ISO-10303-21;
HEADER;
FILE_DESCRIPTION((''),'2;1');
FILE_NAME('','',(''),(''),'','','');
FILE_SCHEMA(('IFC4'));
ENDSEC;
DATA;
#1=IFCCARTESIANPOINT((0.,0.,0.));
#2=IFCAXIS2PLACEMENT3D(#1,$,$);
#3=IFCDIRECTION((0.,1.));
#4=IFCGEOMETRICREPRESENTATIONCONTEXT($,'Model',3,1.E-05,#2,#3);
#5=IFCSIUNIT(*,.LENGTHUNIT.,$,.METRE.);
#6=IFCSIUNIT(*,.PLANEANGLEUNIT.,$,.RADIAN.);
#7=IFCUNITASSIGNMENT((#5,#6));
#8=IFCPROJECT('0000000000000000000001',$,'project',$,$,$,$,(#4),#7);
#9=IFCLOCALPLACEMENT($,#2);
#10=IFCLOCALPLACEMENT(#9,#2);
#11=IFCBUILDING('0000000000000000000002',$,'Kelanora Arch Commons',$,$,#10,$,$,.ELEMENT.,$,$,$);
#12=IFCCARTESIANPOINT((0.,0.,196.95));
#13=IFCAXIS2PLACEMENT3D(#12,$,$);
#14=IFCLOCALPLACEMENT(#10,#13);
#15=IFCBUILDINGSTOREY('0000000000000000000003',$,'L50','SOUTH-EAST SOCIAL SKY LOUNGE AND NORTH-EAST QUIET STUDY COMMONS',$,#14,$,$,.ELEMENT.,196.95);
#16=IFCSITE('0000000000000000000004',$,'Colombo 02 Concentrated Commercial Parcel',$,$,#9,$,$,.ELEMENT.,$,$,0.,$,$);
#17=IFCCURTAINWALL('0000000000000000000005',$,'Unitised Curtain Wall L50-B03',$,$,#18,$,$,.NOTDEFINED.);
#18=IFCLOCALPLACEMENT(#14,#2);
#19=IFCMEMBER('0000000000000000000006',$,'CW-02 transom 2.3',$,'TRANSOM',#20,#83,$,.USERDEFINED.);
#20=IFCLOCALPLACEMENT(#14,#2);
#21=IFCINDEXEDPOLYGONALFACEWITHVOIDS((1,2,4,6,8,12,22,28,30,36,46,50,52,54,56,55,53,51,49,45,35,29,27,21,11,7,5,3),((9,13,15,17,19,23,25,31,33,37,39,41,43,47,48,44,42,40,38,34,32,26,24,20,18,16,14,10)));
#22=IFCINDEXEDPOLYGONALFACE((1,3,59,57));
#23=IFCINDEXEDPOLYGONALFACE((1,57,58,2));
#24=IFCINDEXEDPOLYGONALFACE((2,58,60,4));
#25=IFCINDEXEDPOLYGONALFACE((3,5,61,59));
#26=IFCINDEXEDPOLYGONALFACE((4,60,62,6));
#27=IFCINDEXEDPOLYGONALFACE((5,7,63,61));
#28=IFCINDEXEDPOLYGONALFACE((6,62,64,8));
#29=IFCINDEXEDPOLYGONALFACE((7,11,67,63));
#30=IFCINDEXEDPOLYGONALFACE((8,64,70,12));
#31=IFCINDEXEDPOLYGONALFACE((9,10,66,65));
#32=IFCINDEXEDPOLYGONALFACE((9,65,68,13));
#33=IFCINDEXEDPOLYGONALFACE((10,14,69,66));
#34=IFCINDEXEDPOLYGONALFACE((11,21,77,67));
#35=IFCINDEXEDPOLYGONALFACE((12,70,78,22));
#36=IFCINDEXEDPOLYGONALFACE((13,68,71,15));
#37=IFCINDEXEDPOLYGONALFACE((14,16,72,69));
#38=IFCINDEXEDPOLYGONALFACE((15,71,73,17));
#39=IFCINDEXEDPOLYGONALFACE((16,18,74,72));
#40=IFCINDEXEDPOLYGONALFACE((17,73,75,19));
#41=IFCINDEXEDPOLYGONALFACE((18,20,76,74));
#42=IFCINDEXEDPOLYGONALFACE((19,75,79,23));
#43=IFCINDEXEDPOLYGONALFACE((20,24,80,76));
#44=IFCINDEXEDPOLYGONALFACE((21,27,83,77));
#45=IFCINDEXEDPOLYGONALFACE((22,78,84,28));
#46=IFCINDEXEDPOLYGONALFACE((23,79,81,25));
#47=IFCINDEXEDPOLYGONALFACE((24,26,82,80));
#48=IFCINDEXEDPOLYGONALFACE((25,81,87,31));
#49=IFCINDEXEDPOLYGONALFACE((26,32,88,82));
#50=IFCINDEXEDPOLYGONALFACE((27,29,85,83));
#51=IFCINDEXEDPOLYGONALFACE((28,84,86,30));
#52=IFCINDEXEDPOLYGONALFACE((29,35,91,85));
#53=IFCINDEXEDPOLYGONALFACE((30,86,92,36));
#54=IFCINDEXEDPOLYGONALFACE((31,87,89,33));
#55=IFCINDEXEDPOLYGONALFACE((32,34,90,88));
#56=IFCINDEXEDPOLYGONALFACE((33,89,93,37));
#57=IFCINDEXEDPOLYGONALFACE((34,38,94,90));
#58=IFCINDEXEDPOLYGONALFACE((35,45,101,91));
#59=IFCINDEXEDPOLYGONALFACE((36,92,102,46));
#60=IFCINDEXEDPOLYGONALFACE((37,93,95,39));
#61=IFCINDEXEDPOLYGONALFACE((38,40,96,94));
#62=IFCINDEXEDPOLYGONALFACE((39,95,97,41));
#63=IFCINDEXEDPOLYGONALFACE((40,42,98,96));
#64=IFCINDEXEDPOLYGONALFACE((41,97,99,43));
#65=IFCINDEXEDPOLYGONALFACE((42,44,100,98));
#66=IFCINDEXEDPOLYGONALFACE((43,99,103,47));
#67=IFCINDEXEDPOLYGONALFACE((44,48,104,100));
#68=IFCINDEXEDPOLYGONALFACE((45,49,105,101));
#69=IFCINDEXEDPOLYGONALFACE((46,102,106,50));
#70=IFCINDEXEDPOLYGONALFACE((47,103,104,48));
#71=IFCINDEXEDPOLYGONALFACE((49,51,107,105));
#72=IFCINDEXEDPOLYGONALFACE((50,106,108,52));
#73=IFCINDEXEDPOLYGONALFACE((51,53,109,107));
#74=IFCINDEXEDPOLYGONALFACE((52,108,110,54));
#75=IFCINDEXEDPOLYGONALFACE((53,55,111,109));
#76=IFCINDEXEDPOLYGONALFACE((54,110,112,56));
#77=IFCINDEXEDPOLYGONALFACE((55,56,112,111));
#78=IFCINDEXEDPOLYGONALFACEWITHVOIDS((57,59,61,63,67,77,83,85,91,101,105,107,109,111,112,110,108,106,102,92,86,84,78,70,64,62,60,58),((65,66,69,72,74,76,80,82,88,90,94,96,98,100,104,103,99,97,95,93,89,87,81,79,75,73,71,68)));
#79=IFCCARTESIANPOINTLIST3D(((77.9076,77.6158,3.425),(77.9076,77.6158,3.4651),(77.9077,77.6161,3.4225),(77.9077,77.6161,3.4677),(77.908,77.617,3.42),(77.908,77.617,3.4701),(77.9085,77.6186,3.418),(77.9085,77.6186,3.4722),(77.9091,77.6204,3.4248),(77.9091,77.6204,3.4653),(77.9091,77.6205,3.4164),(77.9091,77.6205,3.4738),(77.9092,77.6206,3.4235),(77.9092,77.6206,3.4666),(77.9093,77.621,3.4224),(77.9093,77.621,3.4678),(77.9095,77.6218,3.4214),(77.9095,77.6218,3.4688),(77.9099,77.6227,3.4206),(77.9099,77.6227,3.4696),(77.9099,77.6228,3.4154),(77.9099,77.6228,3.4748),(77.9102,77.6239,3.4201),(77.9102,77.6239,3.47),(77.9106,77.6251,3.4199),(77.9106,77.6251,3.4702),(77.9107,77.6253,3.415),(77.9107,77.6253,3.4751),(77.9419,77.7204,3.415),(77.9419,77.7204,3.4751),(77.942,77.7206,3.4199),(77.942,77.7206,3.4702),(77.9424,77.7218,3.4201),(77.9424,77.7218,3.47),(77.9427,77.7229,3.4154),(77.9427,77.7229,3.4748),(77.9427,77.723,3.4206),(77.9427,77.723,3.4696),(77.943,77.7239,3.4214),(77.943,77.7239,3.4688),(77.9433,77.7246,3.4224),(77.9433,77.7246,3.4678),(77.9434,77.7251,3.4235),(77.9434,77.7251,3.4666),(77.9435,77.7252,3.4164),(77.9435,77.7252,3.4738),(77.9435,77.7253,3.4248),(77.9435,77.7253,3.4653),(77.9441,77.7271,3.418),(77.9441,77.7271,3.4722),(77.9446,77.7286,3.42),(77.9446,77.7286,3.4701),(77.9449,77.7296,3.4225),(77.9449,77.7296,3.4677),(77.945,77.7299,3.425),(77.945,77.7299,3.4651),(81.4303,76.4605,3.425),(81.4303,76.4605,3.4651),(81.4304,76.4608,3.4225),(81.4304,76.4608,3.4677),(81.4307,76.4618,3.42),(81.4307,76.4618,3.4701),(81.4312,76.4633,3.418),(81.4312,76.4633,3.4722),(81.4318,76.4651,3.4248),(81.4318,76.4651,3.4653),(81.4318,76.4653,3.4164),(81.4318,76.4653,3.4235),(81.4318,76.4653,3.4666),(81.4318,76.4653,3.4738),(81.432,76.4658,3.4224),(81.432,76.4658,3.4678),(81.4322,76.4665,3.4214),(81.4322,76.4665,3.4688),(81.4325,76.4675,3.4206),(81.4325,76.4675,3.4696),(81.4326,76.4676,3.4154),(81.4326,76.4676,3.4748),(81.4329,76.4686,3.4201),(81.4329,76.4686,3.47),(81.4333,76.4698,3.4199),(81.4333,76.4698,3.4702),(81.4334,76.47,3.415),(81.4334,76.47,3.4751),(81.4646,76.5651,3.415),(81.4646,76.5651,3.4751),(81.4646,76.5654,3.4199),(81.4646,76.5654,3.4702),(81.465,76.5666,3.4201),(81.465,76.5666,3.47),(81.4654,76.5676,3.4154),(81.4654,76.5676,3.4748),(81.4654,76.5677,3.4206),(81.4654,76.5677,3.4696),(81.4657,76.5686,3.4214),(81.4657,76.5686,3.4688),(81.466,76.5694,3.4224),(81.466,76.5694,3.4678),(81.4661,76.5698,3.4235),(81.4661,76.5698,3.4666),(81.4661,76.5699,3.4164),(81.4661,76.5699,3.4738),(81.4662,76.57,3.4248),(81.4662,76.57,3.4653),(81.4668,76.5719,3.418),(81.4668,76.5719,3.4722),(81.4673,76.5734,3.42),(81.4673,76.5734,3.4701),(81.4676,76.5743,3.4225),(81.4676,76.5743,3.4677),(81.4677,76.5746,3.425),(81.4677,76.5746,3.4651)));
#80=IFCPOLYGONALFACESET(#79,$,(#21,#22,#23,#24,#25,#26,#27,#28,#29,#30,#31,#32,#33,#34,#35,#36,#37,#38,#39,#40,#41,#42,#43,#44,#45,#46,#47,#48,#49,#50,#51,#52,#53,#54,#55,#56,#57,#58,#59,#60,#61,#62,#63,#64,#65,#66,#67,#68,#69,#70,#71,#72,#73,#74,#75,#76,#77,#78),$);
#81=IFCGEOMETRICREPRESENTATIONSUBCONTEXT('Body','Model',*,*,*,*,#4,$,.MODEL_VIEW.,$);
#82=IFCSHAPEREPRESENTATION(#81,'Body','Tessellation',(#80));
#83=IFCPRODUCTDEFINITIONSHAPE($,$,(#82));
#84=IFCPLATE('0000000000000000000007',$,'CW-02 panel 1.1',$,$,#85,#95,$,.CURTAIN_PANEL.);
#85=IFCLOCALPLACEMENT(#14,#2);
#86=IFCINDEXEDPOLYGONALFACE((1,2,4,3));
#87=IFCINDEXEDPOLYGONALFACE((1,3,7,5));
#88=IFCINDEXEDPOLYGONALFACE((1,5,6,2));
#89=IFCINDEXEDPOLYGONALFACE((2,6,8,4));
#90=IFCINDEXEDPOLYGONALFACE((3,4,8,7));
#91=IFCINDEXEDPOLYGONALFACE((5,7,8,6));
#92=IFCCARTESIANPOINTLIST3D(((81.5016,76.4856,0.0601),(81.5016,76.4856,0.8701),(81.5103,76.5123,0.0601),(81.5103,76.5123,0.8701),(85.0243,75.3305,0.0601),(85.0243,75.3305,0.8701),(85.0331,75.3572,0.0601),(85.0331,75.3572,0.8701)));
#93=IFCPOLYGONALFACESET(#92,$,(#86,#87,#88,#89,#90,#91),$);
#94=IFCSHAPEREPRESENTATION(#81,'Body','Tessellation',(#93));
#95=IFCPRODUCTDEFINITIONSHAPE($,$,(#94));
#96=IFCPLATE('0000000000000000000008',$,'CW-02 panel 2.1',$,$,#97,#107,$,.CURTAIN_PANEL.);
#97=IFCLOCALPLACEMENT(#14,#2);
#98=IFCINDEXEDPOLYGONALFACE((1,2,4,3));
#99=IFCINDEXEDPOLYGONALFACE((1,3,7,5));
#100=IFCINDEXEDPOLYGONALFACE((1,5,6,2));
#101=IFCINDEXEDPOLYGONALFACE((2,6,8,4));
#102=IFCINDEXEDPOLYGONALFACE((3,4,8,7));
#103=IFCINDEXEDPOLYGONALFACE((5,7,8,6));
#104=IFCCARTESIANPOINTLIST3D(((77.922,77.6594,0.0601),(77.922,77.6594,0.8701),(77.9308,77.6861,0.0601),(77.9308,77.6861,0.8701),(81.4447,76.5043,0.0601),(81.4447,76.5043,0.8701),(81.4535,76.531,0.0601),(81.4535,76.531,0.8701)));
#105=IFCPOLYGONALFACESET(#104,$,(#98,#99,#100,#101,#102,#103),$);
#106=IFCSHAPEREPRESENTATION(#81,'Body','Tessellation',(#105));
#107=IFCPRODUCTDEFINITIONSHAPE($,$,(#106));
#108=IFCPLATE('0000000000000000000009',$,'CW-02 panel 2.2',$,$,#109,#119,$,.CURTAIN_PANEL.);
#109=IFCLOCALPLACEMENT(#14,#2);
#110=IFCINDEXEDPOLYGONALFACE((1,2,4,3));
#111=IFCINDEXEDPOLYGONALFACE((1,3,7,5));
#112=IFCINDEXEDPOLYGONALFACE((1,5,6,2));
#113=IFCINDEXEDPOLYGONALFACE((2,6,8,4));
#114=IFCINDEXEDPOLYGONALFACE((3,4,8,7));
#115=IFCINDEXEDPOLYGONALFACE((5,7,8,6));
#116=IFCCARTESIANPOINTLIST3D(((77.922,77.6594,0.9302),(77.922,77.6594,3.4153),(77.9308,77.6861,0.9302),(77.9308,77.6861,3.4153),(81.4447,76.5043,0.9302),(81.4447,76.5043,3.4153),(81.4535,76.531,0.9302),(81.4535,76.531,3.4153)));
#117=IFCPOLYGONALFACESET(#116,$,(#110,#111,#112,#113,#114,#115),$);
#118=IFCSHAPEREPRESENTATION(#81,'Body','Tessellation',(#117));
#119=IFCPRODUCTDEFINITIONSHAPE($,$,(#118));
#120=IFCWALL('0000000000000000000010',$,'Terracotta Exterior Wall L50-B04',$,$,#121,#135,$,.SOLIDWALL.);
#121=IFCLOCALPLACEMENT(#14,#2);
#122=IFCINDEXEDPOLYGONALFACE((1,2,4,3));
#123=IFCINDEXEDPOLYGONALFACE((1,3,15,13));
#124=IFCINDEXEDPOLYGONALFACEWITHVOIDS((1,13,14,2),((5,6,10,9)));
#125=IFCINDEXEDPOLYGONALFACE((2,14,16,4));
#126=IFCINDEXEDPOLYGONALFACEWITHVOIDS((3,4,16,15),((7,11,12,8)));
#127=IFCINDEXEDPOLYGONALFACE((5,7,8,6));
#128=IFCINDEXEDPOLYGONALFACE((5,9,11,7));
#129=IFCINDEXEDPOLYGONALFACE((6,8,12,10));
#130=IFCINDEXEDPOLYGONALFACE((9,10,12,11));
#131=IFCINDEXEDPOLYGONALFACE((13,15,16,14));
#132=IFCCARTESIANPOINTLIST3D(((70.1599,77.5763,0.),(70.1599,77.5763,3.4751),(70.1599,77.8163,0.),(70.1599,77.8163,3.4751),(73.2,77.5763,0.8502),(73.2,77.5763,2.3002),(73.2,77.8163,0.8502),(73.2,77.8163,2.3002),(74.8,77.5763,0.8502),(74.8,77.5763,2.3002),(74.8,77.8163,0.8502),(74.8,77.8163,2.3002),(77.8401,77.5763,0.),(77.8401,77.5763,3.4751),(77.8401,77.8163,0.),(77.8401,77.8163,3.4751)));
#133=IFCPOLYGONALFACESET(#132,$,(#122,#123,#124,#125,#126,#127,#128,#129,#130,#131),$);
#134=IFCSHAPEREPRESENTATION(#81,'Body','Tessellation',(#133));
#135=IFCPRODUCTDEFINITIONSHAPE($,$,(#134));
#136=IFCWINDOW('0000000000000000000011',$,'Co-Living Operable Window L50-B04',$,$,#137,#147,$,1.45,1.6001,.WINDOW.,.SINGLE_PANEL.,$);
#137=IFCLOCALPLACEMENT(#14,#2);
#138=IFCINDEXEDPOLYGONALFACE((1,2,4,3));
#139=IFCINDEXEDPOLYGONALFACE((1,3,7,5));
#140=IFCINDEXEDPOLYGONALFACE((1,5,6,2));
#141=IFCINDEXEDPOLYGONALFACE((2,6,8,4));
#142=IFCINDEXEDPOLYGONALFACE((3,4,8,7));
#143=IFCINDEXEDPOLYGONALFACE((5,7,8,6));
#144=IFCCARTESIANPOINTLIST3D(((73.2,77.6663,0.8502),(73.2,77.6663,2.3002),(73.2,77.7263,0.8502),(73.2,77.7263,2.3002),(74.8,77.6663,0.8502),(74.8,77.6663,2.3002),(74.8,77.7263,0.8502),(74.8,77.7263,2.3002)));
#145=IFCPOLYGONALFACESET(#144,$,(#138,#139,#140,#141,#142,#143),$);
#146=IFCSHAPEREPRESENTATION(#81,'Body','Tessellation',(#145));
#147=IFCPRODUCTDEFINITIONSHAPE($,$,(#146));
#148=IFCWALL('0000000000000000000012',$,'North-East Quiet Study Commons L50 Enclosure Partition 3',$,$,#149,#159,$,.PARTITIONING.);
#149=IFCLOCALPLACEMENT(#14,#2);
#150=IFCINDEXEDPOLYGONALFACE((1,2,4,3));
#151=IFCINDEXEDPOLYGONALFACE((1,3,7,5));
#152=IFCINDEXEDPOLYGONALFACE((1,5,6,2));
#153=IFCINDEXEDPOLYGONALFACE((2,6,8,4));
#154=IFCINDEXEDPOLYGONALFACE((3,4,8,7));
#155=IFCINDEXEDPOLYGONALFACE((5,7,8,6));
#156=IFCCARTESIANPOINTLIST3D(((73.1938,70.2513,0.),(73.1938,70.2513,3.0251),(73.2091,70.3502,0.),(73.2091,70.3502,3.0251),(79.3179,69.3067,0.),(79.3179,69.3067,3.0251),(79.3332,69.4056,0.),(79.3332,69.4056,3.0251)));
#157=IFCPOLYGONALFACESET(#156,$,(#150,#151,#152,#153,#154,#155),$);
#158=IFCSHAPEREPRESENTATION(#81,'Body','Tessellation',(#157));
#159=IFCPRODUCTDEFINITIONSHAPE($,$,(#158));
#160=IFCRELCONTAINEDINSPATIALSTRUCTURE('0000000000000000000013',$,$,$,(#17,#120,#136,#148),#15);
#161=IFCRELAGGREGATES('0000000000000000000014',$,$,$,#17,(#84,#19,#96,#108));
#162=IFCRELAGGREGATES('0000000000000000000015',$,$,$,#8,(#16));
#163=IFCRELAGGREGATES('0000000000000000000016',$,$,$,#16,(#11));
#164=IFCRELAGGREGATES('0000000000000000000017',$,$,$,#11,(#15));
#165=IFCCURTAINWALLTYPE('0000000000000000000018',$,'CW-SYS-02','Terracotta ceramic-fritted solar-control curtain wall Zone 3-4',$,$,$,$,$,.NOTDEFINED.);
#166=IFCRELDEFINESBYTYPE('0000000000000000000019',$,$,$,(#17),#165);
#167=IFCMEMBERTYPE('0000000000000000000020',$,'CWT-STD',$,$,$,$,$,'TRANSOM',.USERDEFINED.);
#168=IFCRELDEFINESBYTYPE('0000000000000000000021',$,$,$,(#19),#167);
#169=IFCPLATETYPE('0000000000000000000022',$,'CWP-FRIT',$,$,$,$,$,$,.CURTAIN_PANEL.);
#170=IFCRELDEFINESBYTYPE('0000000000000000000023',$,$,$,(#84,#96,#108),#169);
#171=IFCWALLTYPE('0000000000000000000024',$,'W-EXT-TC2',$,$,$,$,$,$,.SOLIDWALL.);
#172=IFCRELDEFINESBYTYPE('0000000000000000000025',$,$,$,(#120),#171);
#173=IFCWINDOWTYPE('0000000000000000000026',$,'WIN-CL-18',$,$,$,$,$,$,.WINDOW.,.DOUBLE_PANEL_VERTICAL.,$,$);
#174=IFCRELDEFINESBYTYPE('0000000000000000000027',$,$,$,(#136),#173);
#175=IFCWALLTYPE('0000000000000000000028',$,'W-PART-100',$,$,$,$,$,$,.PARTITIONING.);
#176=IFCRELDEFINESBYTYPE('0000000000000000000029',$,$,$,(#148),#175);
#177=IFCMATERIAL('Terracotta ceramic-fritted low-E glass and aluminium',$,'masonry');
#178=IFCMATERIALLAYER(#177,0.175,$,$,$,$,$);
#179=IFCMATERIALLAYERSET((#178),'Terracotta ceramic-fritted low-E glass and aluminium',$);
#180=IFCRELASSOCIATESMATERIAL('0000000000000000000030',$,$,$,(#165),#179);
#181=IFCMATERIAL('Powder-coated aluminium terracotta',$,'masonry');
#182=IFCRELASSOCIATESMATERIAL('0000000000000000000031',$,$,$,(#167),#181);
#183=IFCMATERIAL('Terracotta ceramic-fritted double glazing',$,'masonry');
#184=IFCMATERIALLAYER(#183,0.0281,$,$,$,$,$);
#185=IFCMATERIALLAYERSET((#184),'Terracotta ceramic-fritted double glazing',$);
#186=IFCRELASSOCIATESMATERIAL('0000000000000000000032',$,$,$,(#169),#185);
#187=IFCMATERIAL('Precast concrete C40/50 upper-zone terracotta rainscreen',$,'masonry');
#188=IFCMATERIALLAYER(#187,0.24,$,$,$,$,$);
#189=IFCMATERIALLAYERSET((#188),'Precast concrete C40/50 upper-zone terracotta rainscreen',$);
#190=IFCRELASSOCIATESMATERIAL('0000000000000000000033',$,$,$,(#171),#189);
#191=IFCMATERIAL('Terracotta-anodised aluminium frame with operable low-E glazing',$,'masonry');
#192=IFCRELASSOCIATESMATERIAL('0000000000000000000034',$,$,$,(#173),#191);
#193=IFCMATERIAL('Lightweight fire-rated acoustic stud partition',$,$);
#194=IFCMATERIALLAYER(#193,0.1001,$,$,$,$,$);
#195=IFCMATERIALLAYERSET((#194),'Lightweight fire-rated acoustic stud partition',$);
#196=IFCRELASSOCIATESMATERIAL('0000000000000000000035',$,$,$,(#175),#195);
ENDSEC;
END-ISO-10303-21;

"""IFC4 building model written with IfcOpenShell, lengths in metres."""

from ifc_helpers import new_model, si_unit, direction, frame, frame_2d, origin, origin_2d, place, context, subcontext, project, spatial, rectangle, hollow_rectangle, extrude, source, transform, mapped, material, layer, layer_set, material_profile, profile_set, type_object, element, fill, aggregate, save


model = new_model("IFC4")

# Units and contexts
model_context = context("Model", 3, precision=1e-05, world=origin(), true_north=direction((0.0, 1.0)))
body_context = subcontext(model_context, "Body", "Model", "MODEL_VIEW")
ifc_project = project(units=[si_unit("LENGTHUNIT", "METRE"), si_unit("PLANEANGLEUNIT", "RADIAN")], contexts=[model_context])

# Site, building, storey
site_placement = place(None, origin())
site = spatial("IfcSite", under=ifc_project, at=site_placement, Name="Colombo 02 Concentrated Commercial Parcel", CompositionType="ELEMENT", RefElevation=0.0)
building_placement = place(site_placement, origin())
building = spatial("IfcBuilding", under=site, at=building_placement, Name="Kelanora Arch Commons", CompositionType="ELEMENT")
storey_placement = place(building_placement, frame((0.0, 0.0, 196.95)))
storey = spatial("IfcBuildingStorey", under=building, at=storey_placement, Name="L50", Description="SOUTH-EAST SOCIAL SKY LOUNGE AND NORTH-EAST QUIET STUDY COMMONS", CompositionType="ELEMENT", Elevation=196.95)

# Curtain wall, member, plates
ifc_material_1 = material(Name="Terracotta ceramic-fritted low-E glass and aluminium", Category="masonry")
ifc_layer_1 = layer(ifc_material_1, 0.175)
ifc_layer_set_1 = layer_set([ifc_layer_1], Name="Terracotta ceramic-fritted low-E glass and aluminium")
curtain_wall_type = type_object("IfcCurtainWallType", Name="CW-SYS-02", Description="Terracotta ceramic-fritted solar-control curtain wall Zone 3-4", PredefinedType="NOTDEFINED", material=ifc_layer_set_1)
curtain_wall_placement = place(storey_placement, origin())
curtain_wall = element("IfcCurtainWall", 1, at=curtain_wall_placement, inside=storey, type_object=curtain_wall_type, Name="Unitised Curtain Wall L50-B03", PredefinedType="NOTDEFINED")
ifc_material_2 = material(Name="Powder-coated aluminium terracotta", Category="masonry")
ifc_material_profile_1 = material_profile(ifc_material_2, hollow_rectangle(XDim=0.1201, YDim=0.0601, WallThickness=0.0049, InnerFilletRadius=0.0049, OuterFilletRadius=0.01, at=origin_2d()), Name="CWT120x60")
ifc_profile_set_1 = profile_set([ifc_material_profile_1], Name="Powder-coated aluminium terracotta")
member_type_1 = type_object("IfcMemberType", Name="CWT-STD", ElementType="TRANSOM", PredefinedType="USERDEFINED", material=ifc_profile_set_1)
member_1_placement = place(storey_placement, frame((81.449, 76.5176, 3.4451), z_axis=(-0.950207, 0.311621, 0.0), x_axis=(-0.311621, -0.950207, 0.0)))
member_1 = element("IfcMember", 2, at=member_1_placement, type_object=member_type_1, Name="CW-02 transom 2.3", ObjectType="TRANSOM", PredefinedType="USERDEFINED", context=body_context, shape_type="SweptSolid", body=[
    extrude(hollow_rectangle(XDim=0.1201, YDim=0.0601, WallThickness=0.0049, InnerFilletRadius=0.0049, OuterFilletRadius=0.01, at=origin_2d()), origin(), (0.0, 0.0, 1.0), 3.7073),
])
ifc_material_3 = material(Name="Terracotta ceramic-fritted double glazing", Category="masonry")
ifc_layer_2 = layer(ifc_material_3, 0.0281)
ifc_layer_set_2 = layer_set([ifc_layer_2], Name="Terracotta ceramic-fritted double glazing")
plate_type = type_object("IfcPlateType", Name="CWP-FRIT", PredefinedType="CURTAIN_PANEL", material=ifc_layer_set_2)
shared_shape_1 = source(origin(), body_context, "Body", "SweptSolid", [
    extrude(rectangle(XDim=3.7073, YDim=0.0281, at=origin_2d()), origin(), (0.0, 0.0, 1.0), 0.8101),
])
plate_1_placement = place(storey_placement, frame((83.2673, 75.9214, 0.0601), z_axis=(0.0, 0.0, 1.0), x_axis=(-0.950219, 0.311582, 0.0)))
plate_1 = element("IfcPlate", 3, at=plate_1_placement, type_object=plate_type, Name="CW-02 panel 1.1", PredefinedType="CURTAIN_PANEL", context=body_context, shape_type="MappedRepresentation", body=[
    mapped(shared_shape_1, transform((0.0, 0.0, 0.0), scale=1.0)),
])
plate_2_placement = place(storey_placement, frame((79.6877, 77.0952, 0.0601), z_axis=(0.0, 0.0, 1.0), x_axis=(-0.950219, 0.311582, 0.0)))
plate_2 = element("IfcPlate", 4, at=plate_2_placement, type_object=plate_type, Name="CW-02 panel 2.1", PredefinedType="CURTAIN_PANEL", context=body_context, shape_type="MappedRepresentation", body=[
    mapped(shared_shape_1, transform((0.0, 0.0, 0.0), scale=1.0)),
])
shared_shape_2 = source(origin(), body_context, "Body", "SweptSolid", [
    extrude(rectangle(XDim=3.7073, YDim=0.0281, at=origin_2d()), origin(), (0.0, 0.0, 1.0), 2.4851),
])
plate_3_placement = place(storey_placement, frame((79.6877, 77.0952, 0.9302), z_axis=(0.0, 0.0, 1.0), x_axis=(-0.950219, 0.311582, 0.0)))
plate_3 = element("IfcPlate", 5, at=plate_3_placement, type_object=plate_type, Name="CW-02 panel 2.2", PredefinedType="CURTAIN_PANEL", context=body_context, shape_type="MappedRepresentation", body=[
    mapped(shared_shape_2, transform((0.0, 0.0, 0.0), scale=1.0)),
])
aggregate(curtain_wall, [plate_1, member_1, plate_2, plate_3])

# Wall, opening, window
ifc_material_4 = material(Name="Precast concrete C40/50 upper-zone terracotta rainscreen", Category="masonry")
ifc_layer_3 = layer(ifc_material_4, 0.24)
ifc_layer_set_3 = layer_set([ifc_layer_3], Name="Precast concrete C40/50 upper-zone terracotta rainscreen")
wall_type_1 = type_object("IfcWallType", Name="W-EXT-TC2", PredefinedType="SOLIDWALL", material=ifc_layer_set_3)
wall_1_placement = place(storey_placement, frame((77.8401, 77.6963, 0.0), z_axis=(0.0, 0.0, 1.0), x_axis=(-1.0, 0.0, 0.0)))
wall_1 = element("IfcWall", 6, at=wall_1_placement, inside=storey, type_object=wall_type_1, Name="Terracotta Exterior Wall L50-B04", PredefinedType="SOLIDWALL", context=body_context, shape_type="SweptSolid", body=[
    extrude(rectangle(XDim=7.6802, YDim=0.24, at=frame_2d((3.8401, 0.0))), origin(), (0.0, 0.0, 1.0), 3.4751),
])
opening_1_placement = place(wall_1_placement, frame((3.04, 0.0, 0.8501)))
opening_1 = element("IfcOpeningElement", 7, at=opening_1_placement, cuts=wall_1, PredefinedType="OPENING", context=body_context, shape_type="SweptSolid", body=[
    extrude(rectangle(XDim=1.6001, YDim=1.45, at=frame_2d((0.8, 0.7251))), frame((0.0, 0.1299, 0.0), z_axis=(0.0, -1.0, 0.0), x_axis=(1.0, 0.0, 0.0)), (0.0, 0.0, 1.0), 0.26),
])
ifc_material_5 = material(Name="Terracotta-anodised aluminium frame with operable low-E glazing", Category="masonry")
window_type = type_object("IfcWindowType", Name="WIN-CL-18", PartitioningType="DOUBLE_PANEL_VERTICAL", PredefinedType="WINDOW", material=ifc_material_5)
window_placement = place(opening_1_placement, origin())
window = element("IfcWindow", 8, at=window_placement, inside=storey, type_object=window_type, Name="Co-Living Operable Window L50-B04", OverallHeight=1.45, OverallWidth=1.6001, PartitioningType="SINGLE_PANEL", PredefinedType="WINDOW", context=body_context, shape_type="SweptSolid", body=[
    extrude(rectangle(XDim=1.6001, YDim=1.45, at=frame_2d((0.8, 0.7251))), frame((0.0, 0.03, 0.0), z_axis=(0.0, -1.0, 0.0), x_axis=(1.0, 0.0, 0.0)), (0.0, 0.0, 1.0), 0.0601),
])
fill(opening_1, window)

# Wall
ifc_material_6 = material(Name="Lightweight fire-rated acoustic stud partition")
ifc_layer_4 = layer(ifc_material_6, 0.1001)
ifc_layer_set_4 = layer_set([ifc_layer_4], Name="Lightweight fire-rated acoustic stud partition")
wall_type_2 = type_object("IfcWallType", Name="W-PART-100", PredefinedType="PARTITIONING", material=ifc_layer_set_4)
wall_2_placement = place(storey_placement, frame((79.3254, 69.3562, 0.0), z_axis=(0.0, 0.0, 1.0), x_axis=(-0.988313, 0.152439, 0.0)))
element("IfcWall", 9, at=wall_2_placement, inside=storey, type_object=wall_type_2, Name="North-East Quiet Study Commons L50 Enclosure Partition 3", PredefinedType="PARTITIONING", context=body_context, shape_type="SweptSolid", body=[
    extrude(rectangle(XDim=6.1965, YDim=0.1001, at=frame_2d((3.0981, 0.0))), origin(), (0.0, 0.0, 1.0), 3.0251),
])

save(model, "model.ifc")
